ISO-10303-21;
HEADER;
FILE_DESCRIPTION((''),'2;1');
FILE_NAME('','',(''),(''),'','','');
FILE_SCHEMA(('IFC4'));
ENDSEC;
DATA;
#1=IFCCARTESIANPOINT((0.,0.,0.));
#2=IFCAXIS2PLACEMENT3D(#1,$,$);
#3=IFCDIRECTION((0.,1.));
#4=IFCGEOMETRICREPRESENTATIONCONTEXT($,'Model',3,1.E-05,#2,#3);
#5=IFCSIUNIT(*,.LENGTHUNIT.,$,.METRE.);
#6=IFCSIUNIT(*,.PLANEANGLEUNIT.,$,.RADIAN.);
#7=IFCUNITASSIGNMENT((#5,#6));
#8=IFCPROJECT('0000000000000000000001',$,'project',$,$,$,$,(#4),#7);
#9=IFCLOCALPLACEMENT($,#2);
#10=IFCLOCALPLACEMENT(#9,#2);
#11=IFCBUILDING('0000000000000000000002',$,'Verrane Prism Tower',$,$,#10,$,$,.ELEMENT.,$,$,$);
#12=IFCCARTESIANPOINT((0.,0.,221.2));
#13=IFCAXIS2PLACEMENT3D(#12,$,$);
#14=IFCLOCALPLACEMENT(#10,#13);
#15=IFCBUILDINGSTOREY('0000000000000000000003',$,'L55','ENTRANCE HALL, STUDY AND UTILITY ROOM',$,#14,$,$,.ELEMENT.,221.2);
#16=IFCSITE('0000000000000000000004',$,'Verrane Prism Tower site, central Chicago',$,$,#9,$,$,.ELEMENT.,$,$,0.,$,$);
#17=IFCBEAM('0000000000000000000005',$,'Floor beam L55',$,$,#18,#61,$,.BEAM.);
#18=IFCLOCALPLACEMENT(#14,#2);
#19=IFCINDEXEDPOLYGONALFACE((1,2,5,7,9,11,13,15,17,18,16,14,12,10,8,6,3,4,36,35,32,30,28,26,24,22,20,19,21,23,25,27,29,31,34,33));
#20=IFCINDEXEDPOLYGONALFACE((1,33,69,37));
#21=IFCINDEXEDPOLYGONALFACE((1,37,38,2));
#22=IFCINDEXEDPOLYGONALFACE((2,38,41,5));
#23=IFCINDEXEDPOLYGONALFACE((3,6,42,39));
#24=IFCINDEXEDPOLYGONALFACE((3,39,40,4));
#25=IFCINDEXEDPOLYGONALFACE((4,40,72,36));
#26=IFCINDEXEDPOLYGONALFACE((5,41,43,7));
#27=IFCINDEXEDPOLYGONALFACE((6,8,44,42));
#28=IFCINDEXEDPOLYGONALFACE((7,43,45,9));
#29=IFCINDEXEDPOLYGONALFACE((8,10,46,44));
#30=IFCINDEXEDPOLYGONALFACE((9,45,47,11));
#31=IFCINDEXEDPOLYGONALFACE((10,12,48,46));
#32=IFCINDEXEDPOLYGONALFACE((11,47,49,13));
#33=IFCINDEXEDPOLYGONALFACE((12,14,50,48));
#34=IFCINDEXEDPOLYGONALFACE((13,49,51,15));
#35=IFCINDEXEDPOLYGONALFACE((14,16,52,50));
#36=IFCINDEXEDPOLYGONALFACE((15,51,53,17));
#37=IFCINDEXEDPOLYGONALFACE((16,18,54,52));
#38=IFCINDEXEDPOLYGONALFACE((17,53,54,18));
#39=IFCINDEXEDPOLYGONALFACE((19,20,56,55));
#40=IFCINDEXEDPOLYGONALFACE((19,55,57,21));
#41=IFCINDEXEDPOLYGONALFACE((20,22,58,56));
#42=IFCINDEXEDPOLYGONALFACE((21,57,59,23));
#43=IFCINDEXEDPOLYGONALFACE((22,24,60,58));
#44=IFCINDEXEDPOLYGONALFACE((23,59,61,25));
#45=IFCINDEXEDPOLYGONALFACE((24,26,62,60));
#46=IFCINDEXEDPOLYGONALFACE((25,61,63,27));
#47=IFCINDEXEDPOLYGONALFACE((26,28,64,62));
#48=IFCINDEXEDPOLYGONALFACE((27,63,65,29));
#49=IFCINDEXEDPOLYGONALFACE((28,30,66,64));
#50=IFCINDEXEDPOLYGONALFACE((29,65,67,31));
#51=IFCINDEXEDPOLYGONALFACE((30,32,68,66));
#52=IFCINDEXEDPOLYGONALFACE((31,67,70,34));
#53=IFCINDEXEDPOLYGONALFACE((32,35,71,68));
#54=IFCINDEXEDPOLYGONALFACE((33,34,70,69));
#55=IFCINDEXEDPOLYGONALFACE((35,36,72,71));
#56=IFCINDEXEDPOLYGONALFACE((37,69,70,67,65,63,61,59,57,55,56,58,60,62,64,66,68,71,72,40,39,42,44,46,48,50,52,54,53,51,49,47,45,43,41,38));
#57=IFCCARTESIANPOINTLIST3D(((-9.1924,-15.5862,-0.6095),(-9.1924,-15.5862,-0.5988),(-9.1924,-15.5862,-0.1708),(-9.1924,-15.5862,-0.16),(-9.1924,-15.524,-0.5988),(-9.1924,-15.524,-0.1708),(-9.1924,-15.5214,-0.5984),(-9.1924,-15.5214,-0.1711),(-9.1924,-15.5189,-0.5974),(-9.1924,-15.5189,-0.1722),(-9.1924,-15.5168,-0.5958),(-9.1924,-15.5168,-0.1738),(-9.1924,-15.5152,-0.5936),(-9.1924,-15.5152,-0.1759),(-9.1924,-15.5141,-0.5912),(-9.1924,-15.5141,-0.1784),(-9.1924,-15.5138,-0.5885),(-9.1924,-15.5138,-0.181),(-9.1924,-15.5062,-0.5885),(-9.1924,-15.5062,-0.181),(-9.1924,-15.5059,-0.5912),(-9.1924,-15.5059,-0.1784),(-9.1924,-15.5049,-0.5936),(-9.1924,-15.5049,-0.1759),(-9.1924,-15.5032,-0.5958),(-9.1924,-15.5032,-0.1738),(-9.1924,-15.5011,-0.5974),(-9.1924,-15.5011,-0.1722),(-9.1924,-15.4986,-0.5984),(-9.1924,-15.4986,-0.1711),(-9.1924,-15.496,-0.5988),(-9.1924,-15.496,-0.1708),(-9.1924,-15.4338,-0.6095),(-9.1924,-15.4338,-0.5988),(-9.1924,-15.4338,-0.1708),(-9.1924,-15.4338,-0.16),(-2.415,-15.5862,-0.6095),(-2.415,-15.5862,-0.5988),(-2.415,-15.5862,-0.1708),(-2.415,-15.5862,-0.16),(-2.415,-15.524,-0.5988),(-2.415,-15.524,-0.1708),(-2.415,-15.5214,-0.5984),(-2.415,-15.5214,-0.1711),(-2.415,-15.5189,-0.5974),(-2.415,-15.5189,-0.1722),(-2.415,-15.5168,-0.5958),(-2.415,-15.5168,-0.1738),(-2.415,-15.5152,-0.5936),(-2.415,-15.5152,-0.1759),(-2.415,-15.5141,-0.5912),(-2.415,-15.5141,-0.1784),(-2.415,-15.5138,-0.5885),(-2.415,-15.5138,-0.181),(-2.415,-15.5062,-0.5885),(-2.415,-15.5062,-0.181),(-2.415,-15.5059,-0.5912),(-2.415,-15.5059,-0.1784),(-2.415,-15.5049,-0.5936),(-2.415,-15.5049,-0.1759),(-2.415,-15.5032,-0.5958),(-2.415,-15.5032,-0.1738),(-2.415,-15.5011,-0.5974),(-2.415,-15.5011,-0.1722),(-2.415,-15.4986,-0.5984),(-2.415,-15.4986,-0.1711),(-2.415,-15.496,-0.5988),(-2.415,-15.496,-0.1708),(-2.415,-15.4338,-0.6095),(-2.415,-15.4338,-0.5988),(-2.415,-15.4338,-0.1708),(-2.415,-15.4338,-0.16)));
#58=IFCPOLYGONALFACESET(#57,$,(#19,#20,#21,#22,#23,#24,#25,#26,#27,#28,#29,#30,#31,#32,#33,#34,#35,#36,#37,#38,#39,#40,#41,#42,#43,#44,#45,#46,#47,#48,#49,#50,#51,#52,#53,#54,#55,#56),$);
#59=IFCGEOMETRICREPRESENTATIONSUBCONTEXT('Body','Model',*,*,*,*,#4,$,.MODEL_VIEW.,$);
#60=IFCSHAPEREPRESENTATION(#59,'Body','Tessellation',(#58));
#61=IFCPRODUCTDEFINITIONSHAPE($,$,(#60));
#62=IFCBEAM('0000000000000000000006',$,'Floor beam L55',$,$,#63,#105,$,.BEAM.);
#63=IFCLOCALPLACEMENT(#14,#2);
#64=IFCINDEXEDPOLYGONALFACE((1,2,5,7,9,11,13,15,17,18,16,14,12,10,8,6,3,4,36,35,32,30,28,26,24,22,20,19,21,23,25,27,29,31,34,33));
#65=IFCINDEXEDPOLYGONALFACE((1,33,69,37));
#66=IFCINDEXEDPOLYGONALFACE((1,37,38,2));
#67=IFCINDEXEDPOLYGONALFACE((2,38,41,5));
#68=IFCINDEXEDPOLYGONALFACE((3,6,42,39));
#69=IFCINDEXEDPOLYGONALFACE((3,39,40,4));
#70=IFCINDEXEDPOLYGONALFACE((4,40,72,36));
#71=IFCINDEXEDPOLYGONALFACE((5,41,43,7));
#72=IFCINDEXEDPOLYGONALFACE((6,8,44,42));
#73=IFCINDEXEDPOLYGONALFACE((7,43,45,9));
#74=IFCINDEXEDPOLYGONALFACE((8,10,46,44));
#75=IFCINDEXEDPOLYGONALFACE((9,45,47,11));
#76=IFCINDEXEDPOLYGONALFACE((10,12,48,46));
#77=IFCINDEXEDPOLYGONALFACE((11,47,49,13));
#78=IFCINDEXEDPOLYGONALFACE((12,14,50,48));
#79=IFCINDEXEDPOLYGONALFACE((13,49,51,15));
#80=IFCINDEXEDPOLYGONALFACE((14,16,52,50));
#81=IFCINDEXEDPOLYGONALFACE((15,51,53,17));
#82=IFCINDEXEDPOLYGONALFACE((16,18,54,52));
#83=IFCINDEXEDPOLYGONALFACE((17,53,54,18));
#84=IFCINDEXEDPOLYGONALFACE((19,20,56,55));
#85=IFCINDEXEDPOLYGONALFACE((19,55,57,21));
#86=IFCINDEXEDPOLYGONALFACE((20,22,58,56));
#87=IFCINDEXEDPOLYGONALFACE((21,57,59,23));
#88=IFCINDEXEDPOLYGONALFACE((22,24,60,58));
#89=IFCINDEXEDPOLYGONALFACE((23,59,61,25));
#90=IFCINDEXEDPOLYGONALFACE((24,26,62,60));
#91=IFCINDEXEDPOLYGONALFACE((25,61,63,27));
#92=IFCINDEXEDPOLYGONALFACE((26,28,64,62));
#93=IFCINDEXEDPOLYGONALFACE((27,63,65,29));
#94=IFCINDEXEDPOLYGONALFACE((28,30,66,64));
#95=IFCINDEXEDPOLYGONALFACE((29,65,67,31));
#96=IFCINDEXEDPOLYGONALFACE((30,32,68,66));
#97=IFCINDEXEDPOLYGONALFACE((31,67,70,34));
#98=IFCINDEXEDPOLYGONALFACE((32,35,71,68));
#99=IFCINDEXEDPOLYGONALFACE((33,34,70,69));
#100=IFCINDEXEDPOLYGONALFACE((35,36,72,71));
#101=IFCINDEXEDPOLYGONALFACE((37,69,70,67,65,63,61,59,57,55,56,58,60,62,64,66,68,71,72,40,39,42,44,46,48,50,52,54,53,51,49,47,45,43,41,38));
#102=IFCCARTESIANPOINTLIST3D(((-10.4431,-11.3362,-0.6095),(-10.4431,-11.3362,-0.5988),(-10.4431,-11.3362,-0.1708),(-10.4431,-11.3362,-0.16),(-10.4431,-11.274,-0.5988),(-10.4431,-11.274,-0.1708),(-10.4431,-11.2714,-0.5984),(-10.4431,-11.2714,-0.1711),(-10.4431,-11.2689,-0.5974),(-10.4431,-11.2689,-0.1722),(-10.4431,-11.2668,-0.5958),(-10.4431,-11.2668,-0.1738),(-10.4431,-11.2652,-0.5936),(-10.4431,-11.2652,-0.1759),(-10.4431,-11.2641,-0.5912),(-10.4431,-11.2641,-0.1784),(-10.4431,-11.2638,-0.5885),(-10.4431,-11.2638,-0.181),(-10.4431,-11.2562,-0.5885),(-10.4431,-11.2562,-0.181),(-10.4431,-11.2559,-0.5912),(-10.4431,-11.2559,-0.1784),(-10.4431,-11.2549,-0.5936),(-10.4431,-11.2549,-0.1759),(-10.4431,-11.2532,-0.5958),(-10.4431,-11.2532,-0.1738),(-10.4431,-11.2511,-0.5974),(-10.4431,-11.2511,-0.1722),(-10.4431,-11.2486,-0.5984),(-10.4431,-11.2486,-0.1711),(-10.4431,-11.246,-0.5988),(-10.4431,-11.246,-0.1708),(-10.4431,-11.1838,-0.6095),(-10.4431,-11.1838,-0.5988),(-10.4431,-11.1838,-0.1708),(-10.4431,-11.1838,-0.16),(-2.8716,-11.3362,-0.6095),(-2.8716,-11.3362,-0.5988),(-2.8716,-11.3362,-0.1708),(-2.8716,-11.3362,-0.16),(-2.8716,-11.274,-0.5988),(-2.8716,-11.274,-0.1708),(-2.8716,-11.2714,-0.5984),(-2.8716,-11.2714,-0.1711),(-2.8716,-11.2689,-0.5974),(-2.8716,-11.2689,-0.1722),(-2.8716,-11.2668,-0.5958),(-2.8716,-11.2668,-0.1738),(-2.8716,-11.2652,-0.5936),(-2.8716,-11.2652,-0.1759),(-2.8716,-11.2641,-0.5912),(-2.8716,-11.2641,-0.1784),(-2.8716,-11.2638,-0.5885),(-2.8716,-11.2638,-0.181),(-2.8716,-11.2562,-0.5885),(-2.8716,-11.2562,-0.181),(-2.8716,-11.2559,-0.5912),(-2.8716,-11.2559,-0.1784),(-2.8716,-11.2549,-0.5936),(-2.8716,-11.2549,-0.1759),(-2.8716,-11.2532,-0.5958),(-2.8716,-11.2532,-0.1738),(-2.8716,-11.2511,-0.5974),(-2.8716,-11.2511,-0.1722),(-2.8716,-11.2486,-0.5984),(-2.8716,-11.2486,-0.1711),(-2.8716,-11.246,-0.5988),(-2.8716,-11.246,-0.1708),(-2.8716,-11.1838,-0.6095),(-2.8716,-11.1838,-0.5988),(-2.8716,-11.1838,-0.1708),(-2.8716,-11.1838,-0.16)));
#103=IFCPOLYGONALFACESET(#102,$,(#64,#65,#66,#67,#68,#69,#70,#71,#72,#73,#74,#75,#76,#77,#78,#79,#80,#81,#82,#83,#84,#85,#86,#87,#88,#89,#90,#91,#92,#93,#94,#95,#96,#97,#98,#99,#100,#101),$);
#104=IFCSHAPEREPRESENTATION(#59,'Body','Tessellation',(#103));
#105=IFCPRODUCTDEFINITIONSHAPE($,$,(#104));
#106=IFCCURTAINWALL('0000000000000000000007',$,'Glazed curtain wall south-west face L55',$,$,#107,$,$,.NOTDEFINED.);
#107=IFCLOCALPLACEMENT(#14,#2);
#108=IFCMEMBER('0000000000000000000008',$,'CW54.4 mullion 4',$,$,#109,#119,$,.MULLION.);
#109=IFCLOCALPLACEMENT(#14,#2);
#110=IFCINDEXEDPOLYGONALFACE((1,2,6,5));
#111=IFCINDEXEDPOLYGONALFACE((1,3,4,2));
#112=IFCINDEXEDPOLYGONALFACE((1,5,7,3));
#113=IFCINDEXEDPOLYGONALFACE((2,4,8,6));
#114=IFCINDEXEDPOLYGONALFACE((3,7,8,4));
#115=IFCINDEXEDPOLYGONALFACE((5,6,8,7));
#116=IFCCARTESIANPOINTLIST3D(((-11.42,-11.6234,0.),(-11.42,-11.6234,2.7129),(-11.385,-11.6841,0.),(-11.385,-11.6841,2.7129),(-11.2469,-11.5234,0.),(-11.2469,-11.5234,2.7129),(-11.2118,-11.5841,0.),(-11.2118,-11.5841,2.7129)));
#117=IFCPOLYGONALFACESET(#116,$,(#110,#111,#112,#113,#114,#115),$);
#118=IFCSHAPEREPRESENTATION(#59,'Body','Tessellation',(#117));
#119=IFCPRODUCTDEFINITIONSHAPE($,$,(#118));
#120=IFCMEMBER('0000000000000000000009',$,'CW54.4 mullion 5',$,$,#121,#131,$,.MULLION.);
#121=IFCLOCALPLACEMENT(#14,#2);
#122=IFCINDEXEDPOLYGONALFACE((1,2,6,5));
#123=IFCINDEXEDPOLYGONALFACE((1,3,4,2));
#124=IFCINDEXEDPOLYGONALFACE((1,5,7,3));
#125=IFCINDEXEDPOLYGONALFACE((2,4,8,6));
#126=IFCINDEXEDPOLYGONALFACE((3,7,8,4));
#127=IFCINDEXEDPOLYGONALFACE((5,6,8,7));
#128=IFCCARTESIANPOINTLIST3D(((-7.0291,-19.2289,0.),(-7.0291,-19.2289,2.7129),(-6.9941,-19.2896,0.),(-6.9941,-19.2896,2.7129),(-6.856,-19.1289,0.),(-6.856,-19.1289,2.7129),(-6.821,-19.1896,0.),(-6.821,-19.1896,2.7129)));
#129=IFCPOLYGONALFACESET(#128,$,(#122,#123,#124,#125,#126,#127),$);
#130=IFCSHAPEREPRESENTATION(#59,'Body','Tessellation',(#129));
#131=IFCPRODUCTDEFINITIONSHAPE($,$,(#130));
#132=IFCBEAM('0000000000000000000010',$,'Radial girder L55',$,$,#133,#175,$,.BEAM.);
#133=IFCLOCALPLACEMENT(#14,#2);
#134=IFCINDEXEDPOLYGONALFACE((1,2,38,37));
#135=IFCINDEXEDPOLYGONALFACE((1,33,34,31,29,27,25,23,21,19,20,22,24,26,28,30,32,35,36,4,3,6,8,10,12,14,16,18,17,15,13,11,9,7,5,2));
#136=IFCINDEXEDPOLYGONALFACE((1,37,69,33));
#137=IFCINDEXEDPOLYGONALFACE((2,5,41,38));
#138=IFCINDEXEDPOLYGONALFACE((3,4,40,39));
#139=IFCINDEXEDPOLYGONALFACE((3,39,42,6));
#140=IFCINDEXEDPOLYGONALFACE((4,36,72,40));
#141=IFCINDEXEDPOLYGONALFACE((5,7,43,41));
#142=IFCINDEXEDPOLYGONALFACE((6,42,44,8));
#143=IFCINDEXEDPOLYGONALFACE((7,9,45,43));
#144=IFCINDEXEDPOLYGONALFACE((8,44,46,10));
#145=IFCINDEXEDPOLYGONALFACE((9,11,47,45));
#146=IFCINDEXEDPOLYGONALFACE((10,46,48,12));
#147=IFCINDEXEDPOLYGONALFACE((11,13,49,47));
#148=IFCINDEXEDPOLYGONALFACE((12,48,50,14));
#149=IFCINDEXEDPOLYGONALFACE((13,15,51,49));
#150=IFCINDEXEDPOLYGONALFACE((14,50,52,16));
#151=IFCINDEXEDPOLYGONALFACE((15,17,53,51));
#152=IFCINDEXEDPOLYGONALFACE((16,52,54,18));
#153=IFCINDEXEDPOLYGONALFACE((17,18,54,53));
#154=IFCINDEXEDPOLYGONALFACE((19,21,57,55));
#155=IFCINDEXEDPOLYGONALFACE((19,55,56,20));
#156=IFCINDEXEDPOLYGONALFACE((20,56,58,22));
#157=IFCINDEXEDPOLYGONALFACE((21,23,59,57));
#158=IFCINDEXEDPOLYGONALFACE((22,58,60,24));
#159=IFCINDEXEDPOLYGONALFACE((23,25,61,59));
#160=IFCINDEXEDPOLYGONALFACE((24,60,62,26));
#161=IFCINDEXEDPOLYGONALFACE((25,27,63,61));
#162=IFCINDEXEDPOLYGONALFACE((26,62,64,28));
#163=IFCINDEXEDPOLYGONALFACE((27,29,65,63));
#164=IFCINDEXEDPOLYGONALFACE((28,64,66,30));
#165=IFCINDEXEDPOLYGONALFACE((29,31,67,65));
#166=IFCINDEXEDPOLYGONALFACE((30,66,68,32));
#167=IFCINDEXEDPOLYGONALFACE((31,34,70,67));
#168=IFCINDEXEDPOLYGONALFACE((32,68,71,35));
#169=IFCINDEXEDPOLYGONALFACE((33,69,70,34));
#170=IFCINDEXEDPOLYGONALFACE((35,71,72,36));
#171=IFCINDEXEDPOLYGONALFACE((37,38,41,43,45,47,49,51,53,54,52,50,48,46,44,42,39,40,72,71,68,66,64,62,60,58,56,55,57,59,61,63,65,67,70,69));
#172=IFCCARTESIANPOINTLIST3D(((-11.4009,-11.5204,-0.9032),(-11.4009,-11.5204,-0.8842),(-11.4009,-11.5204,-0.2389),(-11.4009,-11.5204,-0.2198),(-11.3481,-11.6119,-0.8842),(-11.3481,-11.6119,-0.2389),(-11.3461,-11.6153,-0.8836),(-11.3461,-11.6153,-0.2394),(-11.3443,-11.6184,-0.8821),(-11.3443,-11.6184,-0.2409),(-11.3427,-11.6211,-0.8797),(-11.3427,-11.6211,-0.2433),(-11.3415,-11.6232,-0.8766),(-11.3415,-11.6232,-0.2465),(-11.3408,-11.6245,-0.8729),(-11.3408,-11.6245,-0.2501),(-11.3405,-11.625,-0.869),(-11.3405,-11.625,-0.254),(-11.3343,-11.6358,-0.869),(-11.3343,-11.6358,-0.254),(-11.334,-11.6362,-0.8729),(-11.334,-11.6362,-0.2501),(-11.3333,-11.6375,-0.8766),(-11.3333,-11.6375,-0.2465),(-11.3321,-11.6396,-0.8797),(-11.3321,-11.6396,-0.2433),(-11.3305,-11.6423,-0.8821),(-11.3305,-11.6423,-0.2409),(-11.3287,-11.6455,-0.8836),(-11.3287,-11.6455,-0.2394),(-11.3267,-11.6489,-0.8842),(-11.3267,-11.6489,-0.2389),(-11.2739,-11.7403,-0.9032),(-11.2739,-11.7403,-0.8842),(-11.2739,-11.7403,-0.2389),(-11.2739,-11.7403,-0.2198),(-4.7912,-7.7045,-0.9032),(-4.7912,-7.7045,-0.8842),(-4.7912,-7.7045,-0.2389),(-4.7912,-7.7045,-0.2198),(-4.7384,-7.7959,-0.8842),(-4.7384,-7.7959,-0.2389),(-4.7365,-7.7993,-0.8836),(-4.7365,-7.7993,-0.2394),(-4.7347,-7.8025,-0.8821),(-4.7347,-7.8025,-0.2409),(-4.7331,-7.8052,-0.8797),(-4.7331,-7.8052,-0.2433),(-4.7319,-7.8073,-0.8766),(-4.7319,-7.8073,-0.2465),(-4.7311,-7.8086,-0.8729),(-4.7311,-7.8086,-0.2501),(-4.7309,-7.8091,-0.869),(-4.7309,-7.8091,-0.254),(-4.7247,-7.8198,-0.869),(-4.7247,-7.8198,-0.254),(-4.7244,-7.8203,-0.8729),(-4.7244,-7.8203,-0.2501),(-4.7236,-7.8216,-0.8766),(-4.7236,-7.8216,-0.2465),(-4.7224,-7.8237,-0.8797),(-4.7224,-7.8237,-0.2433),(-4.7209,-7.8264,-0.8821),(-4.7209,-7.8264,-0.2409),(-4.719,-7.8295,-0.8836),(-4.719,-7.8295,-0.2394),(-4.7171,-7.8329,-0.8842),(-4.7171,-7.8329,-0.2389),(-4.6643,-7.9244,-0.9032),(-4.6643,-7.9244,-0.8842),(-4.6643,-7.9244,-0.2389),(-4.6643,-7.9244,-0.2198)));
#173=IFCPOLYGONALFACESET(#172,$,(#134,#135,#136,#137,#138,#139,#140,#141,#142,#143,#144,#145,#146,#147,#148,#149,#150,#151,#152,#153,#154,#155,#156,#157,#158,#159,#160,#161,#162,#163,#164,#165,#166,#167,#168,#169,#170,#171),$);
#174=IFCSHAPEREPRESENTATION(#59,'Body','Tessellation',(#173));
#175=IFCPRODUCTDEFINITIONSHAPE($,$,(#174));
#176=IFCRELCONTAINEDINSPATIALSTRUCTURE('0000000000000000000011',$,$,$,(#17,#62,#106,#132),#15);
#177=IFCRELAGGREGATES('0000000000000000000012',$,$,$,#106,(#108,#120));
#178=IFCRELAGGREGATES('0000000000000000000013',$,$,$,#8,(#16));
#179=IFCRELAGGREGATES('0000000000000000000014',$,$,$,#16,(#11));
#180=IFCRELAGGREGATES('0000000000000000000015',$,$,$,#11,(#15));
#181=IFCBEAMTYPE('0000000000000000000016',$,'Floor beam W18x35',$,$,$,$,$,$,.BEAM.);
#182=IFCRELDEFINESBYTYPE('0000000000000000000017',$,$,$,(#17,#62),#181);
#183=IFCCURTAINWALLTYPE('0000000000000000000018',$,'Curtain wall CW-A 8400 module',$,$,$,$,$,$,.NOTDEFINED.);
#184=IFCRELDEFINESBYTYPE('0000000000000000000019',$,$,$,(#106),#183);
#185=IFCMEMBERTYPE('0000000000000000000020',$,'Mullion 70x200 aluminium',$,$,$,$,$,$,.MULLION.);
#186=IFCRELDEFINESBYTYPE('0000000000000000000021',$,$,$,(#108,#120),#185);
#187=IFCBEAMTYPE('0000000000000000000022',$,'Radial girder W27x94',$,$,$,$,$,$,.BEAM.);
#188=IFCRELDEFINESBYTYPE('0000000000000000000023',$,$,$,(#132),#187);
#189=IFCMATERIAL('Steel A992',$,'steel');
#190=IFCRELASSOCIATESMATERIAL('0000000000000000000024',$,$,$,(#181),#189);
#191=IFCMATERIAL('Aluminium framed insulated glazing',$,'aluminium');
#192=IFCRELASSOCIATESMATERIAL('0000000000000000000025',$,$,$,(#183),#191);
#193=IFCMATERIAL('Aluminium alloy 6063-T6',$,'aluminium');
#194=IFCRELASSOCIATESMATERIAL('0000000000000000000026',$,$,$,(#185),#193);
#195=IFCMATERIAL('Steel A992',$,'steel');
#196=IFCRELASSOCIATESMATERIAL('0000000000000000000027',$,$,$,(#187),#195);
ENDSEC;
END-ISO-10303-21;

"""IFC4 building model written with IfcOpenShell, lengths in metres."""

from ifc_helpers import new_model, si_unit, direction, frame, origin, origin_2d, place, context, subcontext, project, spatial, rectangle, i_section, extrude, material, material_profile, profile_set, type_object, element, aggregate, save


model = new_model("IFC4")

# Units and contexts
model_context = context("Model", 3, precision=1e-05, world=origin(), true_north=direction((0.0, 1.0)))
body_context = subcontext(model_context, "Body", "Model", "MODEL_VIEW")
ifc_project = project(units=[si_unit("LENGTHUNIT", "METRE"), si_unit("PLANEANGLEUNIT", "RADIAN")], contexts=[model_context])

# Site, building, storey
site_placement = place(None, origin())
site = spatial("IfcSite", under=ifc_project, at=site_placement, Name="Verrane Prism Tower site, central Chicago", CompositionType="ELEMENT", RefElevation=0.0)
building_placement = place(site_placement, origin())
building = spatial("IfcBuilding", under=site, at=building_placement, Name="Verrane Prism Tower", CompositionType="ELEMENT")
storey_placement = place(building_placement, frame((0.0, 0.0, 221.2)))
storey = spatial("IfcBuildingStorey", under=building, at=storey_placement, Name="L55", Description="ENTRANCE HALL, STUDY AND UTILITY ROOM", CompositionType="ELEMENT", Elevation=221.2)

# Beams
ifc_material_1 = material(Name="Steel A992", Category="steel")
ifc_material_profile_1 = material_profile(ifc_material_1, i_section(OverallWidth=0.1523, OverallDepth=0.4495, WebThickness=0.0076, FlangeThickness=0.0107, FilletRadius=0.0103, at=origin_2d()), Name="W18x35")
ifc_profile_set_1 = profile_set([ifc_material_profile_1], Name="Steel A992")
beam_type_1 = type_object("IfcBeamType", Name="Floor beam W18x35", PredefinedType="BEAM", material=ifc_profile_set_1)
beam_1_placement = place(storey_placement, frame((-9.1924, -15.51, -0.3848), z_axis=(1.0, 0.0, 0.0), x_axis=(0.0, 1.0, 0.0)))
element("IfcBeam", 1, at=beam_1_placement, inside=storey, type_object=beam_type_1, Name="Floor beam L55", PredefinedType="BEAM", context=body_context, shape_type="SweptSolid", body=[
    extrude(i_section(OverallWidth=0.1523, OverallDepth=0.4495, WebThickness=0.0076, FlangeThickness=0.0107, FilletRadius=0.0103, at=origin_2d()), origin(), (0.0, 0.0, 1.0), 6.7773),
])
beam_2_placement = place(storey_placement, frame((-10.4431, -11.26, -0.3848), z_axis=(1.0, 0.0, 0.0), x_axis=(0.0, 1.0, 0.0)))
element("IfcBeam", 2, at=beam_2_placement, inside=storey, type_object=beam_type_1, Name="Floor beam L55", PredefinedType="BEAM", context=body_context, shape_type="SweptSolid", body=[
    extrude(i_section(OverallWidth=0.1523, OverallDepth=0.4495, WebThickness=0.0076, FlangeThickness=0.0107, FilletRadius=0.0103, at=origin_2d()), origin(), (0.0, 0.0, 1.0), 7.5715),
])

# Curtain wall, members
ifc_material_2 = material(Name="Aluminium framed insulated glazing", Category="aluminium")
curtain_wall_type = type_object("IfcCurtainWallType", Name="Curtain wall CW-A 8400 module", PredefinedType="NOTDEFINED", material=ifc_material_2)
curtain_wall_placement = place(storey_placement, origin())
curtain_wall = element("IfcCurtainWall", 3, at=curtain_wall_placement, inside=storey, type_object=curtain_wall_type, Name="Glazed curtain wall south-west face L55", PredefinedType="NOTDEFINED")
ifc_material_3 = material(Name="Aluminium alloy 6063-T6", Category="aluminium")
ifc_material_profile_2 = material_profile(ifc_material_3, rectangle(XDim=0.2, YDim=0.0701, at=origin_2d()), Name="Mullion 70x200 aluminium")
ifc_profile_set_2 = profile_set([ifc_material_profile_2], Name="Aluminium alloy 6063-T6")
member_type_1 = type_object("IfcMemberType", Name="Mullion 70x200 aluminium", PredefinedType="MULLION", material=ifc_profile_set_2)
member_1_placement = place(storey_placement, frame((-11.3159, -11.6038, 0.0), z_axis=(0.0, 0.0, 1.0), x_axis=(0.866025, 0.500001, 0.0)))
member_1 = element("IfcMember", 4, at=member_1_placement, type_object=member_type_1, Name="CW54.4 mullion 4", PredefinedType="MULLION", context=body_context, shape_type="SweptSolid", body=[
    extrude(rectangle(XDim=0.2, YDim=0.0701, at=origin_2d()), origin(), (0.0, 0.0, 1.0), 2.7129),
])
member_2_placement = place(storey_placement, frame((-6.925, -19.2092, 0.0), z_axis=(0.0, 0.0, 1.0), x_axis=(0.866025, 0.500001, 0.0)))
member_2 = element("IfcMember", 5, at=member_2_placement, type_object=member_type_1, Name="CW54.4 mullion 5", PredefinedType="MULLION", context=body_context, shape_type="SweptSolid", body=[
    extrude(rectangle(XDim=0.2, YDim=0.0701, at=origin_2d()), origin(), (0.0, 0.0, 1.0), 2.7129),
])

# Beam
ifc_material_4 = material(Name="Steel A992", Category="steel")
ifc_material_profile_3 = material_profile(ifc_material_4, i_section(OverallWidth=0.2539, OverallDepth=0.6833, WebThickness=0.0125, FlangeThickness=0.019, FilletRadius=0.0151, at=origin_2d()), Name="W27x94")
ifc_profile_set_3 = profile_set([ifc_material_profile_3], Name="Steel A992")
beam_type_2 = type_object("IfcBeamType", Name="Radial girder W27x94", PredefinedType="BEAM", material=ifc_profile_set_3)
beam_3_placement = place(storey_placement, frame((-11.3374, -11.6304, -0.5615), z_axis=(0.866034, 0.499986, 0.0), x_axis=(-0.499986, 0.866034, 0.0)))
element("IfcBeam", 6, at=beam_3_placement, inside=storey, type_object=beam_type_2, Name="Radial girder L55", PredefinedType="BEAM", context=body_context, shape_type="SweptSolid", body=[
    extrude(i_section(OverallWidth=0.2539, OverallDepth=0.6833, WebThickness=0.0125, FlangeThickness=0.019, FilletRadius=0.0151, at=origin_2d()), origin(), (0.0, 0.0, 1.0), 7.6321),
])

aggregate(curtain_wall, [member_1, member_2])

save(model, "model.ifc")
